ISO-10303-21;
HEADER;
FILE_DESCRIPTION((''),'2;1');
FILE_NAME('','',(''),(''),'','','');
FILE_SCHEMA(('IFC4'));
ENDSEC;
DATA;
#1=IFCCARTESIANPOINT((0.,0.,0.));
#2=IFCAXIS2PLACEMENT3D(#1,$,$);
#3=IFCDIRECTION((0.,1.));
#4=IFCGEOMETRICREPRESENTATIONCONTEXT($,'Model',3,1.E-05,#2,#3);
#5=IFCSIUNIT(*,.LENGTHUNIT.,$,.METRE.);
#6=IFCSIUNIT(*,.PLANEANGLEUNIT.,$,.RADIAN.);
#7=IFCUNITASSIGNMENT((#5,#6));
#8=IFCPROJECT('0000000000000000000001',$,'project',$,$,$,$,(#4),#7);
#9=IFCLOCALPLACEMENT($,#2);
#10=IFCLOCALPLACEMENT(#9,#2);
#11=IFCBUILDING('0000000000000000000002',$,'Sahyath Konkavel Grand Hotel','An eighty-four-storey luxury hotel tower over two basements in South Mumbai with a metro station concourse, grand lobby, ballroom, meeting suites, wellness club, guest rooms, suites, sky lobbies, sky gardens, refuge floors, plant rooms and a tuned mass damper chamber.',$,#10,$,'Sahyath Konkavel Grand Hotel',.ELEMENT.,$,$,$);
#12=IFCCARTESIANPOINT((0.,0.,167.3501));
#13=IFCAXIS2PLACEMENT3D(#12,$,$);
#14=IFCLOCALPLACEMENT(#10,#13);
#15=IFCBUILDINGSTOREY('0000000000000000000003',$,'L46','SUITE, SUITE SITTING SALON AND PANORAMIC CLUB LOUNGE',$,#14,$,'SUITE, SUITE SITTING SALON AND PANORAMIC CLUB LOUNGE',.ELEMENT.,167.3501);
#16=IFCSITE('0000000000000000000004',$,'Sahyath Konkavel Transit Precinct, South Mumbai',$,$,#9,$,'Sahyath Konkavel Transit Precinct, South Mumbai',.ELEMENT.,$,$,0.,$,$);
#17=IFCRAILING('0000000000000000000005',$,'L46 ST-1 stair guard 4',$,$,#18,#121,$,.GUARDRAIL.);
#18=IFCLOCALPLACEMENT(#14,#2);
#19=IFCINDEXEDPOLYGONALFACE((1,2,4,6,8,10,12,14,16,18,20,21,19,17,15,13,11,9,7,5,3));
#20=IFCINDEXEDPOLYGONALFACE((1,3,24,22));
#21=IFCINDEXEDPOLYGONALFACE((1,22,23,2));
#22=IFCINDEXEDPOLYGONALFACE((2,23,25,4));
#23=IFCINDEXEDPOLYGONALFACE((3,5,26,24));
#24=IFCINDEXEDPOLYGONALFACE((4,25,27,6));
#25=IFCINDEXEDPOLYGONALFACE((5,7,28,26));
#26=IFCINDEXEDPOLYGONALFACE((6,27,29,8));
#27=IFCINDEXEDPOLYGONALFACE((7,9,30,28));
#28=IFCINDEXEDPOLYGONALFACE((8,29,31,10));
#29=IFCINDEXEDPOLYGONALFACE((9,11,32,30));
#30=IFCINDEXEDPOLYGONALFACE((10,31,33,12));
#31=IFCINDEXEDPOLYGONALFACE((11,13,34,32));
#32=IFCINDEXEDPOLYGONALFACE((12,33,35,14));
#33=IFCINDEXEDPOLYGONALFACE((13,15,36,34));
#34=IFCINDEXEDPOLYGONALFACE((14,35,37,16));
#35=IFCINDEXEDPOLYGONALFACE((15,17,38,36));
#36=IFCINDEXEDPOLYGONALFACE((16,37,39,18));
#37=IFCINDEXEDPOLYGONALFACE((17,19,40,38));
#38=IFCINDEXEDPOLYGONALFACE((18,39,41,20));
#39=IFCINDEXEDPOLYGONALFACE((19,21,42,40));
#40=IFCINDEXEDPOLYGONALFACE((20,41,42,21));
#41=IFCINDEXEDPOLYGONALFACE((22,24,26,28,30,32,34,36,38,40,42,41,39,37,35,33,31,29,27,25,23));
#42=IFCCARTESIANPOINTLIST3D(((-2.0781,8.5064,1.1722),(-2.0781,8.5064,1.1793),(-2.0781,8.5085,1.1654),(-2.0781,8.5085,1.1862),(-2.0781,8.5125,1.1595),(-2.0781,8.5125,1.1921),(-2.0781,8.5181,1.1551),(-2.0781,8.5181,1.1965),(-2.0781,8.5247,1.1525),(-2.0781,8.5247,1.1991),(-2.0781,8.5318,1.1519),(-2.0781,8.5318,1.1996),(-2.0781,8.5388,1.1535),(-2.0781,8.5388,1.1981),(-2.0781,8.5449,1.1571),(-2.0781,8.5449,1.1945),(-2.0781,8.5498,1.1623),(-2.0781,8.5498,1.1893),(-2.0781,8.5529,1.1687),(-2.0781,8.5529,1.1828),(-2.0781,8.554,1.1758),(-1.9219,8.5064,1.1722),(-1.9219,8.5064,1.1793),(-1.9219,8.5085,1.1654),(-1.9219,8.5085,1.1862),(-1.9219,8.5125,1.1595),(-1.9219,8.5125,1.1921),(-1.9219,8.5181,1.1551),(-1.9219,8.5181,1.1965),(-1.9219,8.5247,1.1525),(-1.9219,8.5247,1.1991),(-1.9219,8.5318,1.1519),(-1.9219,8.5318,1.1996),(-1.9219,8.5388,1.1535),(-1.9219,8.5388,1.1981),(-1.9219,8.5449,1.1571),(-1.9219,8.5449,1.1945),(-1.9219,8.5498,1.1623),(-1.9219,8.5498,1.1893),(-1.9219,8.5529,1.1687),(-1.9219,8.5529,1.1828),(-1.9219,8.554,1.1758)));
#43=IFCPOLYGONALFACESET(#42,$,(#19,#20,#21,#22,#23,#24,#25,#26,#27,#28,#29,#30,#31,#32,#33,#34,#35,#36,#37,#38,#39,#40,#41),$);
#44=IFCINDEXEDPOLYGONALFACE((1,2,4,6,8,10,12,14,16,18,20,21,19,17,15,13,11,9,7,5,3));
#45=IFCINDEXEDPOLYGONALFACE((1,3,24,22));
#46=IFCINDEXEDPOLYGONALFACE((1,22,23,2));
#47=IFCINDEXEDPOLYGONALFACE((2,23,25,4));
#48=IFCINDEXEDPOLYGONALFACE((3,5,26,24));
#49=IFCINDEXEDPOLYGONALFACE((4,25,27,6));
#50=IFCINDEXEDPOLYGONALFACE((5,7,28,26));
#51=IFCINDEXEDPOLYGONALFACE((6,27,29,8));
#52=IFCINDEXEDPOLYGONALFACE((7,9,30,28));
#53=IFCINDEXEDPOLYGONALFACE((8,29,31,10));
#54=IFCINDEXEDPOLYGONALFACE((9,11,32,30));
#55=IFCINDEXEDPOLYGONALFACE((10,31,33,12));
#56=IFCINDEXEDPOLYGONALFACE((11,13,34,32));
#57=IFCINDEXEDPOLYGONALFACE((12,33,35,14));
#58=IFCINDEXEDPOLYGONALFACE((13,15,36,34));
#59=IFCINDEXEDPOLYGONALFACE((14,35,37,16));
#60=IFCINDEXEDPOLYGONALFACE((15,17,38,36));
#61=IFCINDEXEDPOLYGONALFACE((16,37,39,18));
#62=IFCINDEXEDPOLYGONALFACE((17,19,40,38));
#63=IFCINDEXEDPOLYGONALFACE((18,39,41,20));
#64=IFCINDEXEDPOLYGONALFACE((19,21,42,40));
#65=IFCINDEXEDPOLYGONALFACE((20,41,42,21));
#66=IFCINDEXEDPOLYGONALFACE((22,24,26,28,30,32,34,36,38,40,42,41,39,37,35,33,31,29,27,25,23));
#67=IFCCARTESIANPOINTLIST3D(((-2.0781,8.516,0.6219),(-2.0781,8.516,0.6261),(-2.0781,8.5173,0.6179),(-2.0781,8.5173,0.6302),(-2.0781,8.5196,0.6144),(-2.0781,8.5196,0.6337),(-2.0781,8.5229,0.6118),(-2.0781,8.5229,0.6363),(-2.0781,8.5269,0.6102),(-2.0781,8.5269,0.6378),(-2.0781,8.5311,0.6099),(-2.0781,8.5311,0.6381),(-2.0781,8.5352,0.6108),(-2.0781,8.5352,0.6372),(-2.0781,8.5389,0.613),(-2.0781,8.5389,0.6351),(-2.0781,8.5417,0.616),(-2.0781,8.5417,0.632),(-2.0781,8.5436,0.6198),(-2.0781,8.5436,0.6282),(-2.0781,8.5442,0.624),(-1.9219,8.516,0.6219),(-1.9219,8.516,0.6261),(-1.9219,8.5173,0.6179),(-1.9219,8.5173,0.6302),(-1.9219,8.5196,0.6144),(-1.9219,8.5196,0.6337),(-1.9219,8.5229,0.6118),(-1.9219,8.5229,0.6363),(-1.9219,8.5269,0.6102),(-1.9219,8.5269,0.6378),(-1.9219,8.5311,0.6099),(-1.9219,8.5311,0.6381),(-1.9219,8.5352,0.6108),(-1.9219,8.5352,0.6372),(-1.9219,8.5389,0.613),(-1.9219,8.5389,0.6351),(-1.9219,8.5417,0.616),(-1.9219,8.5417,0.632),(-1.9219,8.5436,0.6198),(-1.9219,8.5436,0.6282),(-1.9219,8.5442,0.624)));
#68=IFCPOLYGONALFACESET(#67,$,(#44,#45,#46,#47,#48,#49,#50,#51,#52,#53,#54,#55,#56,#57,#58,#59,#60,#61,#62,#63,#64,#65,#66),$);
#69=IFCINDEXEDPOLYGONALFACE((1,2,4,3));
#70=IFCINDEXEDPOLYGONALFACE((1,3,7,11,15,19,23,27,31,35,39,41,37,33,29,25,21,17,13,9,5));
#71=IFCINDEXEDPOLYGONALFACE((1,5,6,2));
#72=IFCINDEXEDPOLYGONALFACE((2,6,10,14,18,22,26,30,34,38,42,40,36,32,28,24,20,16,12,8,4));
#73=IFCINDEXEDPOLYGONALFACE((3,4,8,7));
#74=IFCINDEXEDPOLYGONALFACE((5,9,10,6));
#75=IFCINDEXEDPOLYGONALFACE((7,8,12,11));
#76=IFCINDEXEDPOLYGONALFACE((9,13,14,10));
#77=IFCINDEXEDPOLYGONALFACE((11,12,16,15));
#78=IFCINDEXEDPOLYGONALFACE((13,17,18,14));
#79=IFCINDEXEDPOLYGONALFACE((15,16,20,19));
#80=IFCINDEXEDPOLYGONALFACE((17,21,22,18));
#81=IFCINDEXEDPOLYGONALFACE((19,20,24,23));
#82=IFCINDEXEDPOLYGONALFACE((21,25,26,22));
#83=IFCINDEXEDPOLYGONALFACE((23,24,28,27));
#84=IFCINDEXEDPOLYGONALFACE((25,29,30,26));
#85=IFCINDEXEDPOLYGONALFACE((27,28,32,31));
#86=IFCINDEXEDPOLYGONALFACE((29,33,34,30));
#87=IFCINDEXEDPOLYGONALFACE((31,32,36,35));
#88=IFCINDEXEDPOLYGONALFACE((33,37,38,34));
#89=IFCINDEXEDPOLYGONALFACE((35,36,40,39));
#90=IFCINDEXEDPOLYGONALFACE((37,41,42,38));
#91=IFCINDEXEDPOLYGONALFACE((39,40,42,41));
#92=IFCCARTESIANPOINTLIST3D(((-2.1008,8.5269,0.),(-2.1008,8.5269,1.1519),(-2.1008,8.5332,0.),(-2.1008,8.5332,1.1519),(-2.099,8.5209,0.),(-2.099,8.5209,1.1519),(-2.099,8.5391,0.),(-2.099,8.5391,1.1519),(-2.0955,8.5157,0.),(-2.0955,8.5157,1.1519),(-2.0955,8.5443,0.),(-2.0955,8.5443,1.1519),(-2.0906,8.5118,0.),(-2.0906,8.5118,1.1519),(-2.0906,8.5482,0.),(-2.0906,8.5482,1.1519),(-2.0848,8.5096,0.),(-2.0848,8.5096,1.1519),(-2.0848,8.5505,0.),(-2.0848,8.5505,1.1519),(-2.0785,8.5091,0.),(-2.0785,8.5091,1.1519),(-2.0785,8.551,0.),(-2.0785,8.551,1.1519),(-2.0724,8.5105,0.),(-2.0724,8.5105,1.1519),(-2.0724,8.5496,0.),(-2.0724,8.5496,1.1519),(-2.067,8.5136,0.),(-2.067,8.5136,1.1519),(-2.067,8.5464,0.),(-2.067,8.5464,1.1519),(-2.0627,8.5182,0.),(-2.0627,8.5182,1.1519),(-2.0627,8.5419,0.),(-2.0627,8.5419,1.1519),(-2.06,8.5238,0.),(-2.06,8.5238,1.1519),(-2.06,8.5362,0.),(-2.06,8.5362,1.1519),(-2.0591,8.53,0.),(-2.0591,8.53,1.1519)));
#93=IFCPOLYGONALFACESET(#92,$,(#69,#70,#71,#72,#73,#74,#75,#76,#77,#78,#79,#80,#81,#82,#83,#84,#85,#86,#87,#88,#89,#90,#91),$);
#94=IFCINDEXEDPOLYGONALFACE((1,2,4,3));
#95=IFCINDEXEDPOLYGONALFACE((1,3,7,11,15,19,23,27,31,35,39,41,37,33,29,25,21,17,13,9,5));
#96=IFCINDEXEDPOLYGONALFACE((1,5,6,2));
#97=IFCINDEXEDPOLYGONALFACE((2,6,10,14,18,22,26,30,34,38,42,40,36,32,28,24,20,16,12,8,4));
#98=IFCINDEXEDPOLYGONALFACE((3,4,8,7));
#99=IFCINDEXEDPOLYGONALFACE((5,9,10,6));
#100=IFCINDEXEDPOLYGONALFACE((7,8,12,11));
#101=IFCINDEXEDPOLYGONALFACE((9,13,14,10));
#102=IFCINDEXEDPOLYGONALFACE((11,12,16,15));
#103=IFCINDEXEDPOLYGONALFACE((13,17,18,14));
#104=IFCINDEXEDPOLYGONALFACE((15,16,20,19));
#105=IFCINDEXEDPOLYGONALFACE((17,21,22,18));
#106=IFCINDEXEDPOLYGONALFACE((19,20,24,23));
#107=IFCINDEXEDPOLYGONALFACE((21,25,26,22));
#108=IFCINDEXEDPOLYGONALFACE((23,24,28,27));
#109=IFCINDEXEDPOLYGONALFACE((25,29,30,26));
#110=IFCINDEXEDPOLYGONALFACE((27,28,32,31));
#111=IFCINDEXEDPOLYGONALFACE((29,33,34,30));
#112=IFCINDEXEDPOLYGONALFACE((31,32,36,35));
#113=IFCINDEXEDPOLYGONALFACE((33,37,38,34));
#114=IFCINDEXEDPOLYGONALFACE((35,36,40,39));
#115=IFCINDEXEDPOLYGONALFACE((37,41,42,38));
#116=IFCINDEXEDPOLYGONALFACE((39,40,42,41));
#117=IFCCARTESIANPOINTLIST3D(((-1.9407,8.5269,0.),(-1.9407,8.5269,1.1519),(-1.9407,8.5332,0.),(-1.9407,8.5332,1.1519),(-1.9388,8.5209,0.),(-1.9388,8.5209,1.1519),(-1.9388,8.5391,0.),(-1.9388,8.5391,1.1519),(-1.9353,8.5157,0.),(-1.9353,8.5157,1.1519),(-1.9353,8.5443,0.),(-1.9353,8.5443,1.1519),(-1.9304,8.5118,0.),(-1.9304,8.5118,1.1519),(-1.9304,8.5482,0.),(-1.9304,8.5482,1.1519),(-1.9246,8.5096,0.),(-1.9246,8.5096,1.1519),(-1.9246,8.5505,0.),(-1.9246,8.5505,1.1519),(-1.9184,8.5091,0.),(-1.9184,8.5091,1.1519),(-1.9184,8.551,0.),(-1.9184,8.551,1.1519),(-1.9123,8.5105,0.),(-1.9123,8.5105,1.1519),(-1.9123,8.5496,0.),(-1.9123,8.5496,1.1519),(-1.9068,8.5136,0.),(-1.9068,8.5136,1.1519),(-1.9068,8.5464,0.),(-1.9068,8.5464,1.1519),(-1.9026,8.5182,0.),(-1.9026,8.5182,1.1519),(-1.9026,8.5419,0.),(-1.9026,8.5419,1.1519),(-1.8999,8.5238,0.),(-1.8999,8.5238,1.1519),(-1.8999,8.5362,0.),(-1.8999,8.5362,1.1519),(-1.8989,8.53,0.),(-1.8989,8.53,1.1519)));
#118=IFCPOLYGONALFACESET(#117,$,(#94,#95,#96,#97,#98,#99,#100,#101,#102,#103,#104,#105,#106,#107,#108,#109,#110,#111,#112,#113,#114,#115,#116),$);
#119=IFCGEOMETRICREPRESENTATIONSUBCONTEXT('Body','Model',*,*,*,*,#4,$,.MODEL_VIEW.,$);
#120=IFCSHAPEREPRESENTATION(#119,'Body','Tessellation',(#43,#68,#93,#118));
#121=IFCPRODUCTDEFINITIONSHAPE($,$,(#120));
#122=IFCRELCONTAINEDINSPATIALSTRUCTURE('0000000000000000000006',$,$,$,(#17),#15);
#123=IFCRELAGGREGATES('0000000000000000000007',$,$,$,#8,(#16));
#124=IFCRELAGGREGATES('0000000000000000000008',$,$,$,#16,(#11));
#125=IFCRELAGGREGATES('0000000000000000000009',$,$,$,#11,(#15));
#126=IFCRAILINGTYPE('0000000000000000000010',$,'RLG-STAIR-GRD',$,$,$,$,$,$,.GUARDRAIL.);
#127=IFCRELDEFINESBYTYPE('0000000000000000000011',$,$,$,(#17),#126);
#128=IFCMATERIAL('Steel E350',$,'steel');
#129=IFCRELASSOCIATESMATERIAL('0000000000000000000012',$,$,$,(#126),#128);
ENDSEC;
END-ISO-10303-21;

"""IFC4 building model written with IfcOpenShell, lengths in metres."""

from ifc_helpers import new_model, si_unit, direction, frame, origin, origin_2d, place, context, subcontext, project, spatial, circle, extrude, material, type_object, element, save


model = new_model("IFC4")

# Units and contexts
model_context = context("Model", 3, precision=1e-05, world=origin(), true_north=direction((0.0, 1.0)))
body_context = subcontext(model_context, "Body", "Model", "MODEL_VIEW")
ifc_project = project(units=[si_unit("LENGTHUNIT", "METRE"), si_unit("PLANEANGLEUNIT", "RADIAN")], contexts=[model_context])

# Site, building, storey
site_placement = place(None, origin())
site = spatial("IfcSite", under=ifc_project, at=site_placement, Name="Sahyath Konkavel Transit Precinct, South Mumbai", LongName="Sahyath Konkavel Transit Precinct, South Mumbai", CompositionType="ELEMENT", RefElevation=0.0)
building_placement = place(site_placement, origin())
building = spatial("IfcBuilding", under=site, at=building_placement, Name="Sahyath Konkavel Grand Hotel", Description="An eighty-four-storey luxury hotel tower over two basements in South Mumbai with a metro station concourse, grand lobby, ballroom, meeting suites, wellness club, guest rooms, suites, sky lobbies, sky gardens, refuge floors, plant rooms and a tuned mass damper chamber.", LongName="Sahyath Konkavel Grand Hotel", CompositionType="ELEMENT")
storey_placement = place(building_placement, frame((0.0, 0.0, 167.3501)))
storey = spatial("IfcBuildingStorey", under=building, at=storey_placement, Name="L46", Description="SUITE, SUITE SITTING SALON AND PANORAMIC CLUB LOUNGE", LongName="SUITE, SUITE SITTING SALON AND PANORAMIC CLUB LOUNGE", CompositionType="ELEMENT", Elevation=167.3501)

# Shared definitions
ifc_material_1 = material(Name="Steel E350", Category="steel")

# Railing
railing_type_1 = type_object("IfcRailingType", Name="RLG-STAIR-GRD", PredefinedType="GUARDRAIL", material=ifc_material_1)
railing_1_placement = place(storey_placement, frame((-2.0801, 8.53, 0.0)))
element("IfcRailing", 1, at=railing_1_placement, inside=storey, type_object=railing_type_1, Name="L46 ST-1 stair guard 4", PredefinedType="GUARDRAIL", context=body_context, shape_type="SweptSolid", body=[
    extrude(circle(Radius=0.0239, at=origin_2d()), frame((0.002, 0.0, 1.1758), z_axis=(1.0, 0.0, 0.0), x_axis=(0.0, 1.0, 0.0)), (0.0, 0.0, 1.0), 0.1562),
    extrude(circle(Radius=0.0142, at=origin_2d()), frame((0.002, 0.0, 0.624), z_axis=(1.0, 0.0, 0.0), x_axis=(0.0, 1.0, 0.0)), (0.0, 0.0, 1.0), 0.1562),
    extrude(circle(Radius=0.021, at=origin_2d()), origin(), (0.0, 0.0, 1.0), 1.1519),
    extrude(circle(Radius=0.021, at=origin_2d()), frame((0.1602, 0.0, 0.0)), (0.0, 0.0, 1.0), 1.1519),
])

save(model, "model.ifc")
